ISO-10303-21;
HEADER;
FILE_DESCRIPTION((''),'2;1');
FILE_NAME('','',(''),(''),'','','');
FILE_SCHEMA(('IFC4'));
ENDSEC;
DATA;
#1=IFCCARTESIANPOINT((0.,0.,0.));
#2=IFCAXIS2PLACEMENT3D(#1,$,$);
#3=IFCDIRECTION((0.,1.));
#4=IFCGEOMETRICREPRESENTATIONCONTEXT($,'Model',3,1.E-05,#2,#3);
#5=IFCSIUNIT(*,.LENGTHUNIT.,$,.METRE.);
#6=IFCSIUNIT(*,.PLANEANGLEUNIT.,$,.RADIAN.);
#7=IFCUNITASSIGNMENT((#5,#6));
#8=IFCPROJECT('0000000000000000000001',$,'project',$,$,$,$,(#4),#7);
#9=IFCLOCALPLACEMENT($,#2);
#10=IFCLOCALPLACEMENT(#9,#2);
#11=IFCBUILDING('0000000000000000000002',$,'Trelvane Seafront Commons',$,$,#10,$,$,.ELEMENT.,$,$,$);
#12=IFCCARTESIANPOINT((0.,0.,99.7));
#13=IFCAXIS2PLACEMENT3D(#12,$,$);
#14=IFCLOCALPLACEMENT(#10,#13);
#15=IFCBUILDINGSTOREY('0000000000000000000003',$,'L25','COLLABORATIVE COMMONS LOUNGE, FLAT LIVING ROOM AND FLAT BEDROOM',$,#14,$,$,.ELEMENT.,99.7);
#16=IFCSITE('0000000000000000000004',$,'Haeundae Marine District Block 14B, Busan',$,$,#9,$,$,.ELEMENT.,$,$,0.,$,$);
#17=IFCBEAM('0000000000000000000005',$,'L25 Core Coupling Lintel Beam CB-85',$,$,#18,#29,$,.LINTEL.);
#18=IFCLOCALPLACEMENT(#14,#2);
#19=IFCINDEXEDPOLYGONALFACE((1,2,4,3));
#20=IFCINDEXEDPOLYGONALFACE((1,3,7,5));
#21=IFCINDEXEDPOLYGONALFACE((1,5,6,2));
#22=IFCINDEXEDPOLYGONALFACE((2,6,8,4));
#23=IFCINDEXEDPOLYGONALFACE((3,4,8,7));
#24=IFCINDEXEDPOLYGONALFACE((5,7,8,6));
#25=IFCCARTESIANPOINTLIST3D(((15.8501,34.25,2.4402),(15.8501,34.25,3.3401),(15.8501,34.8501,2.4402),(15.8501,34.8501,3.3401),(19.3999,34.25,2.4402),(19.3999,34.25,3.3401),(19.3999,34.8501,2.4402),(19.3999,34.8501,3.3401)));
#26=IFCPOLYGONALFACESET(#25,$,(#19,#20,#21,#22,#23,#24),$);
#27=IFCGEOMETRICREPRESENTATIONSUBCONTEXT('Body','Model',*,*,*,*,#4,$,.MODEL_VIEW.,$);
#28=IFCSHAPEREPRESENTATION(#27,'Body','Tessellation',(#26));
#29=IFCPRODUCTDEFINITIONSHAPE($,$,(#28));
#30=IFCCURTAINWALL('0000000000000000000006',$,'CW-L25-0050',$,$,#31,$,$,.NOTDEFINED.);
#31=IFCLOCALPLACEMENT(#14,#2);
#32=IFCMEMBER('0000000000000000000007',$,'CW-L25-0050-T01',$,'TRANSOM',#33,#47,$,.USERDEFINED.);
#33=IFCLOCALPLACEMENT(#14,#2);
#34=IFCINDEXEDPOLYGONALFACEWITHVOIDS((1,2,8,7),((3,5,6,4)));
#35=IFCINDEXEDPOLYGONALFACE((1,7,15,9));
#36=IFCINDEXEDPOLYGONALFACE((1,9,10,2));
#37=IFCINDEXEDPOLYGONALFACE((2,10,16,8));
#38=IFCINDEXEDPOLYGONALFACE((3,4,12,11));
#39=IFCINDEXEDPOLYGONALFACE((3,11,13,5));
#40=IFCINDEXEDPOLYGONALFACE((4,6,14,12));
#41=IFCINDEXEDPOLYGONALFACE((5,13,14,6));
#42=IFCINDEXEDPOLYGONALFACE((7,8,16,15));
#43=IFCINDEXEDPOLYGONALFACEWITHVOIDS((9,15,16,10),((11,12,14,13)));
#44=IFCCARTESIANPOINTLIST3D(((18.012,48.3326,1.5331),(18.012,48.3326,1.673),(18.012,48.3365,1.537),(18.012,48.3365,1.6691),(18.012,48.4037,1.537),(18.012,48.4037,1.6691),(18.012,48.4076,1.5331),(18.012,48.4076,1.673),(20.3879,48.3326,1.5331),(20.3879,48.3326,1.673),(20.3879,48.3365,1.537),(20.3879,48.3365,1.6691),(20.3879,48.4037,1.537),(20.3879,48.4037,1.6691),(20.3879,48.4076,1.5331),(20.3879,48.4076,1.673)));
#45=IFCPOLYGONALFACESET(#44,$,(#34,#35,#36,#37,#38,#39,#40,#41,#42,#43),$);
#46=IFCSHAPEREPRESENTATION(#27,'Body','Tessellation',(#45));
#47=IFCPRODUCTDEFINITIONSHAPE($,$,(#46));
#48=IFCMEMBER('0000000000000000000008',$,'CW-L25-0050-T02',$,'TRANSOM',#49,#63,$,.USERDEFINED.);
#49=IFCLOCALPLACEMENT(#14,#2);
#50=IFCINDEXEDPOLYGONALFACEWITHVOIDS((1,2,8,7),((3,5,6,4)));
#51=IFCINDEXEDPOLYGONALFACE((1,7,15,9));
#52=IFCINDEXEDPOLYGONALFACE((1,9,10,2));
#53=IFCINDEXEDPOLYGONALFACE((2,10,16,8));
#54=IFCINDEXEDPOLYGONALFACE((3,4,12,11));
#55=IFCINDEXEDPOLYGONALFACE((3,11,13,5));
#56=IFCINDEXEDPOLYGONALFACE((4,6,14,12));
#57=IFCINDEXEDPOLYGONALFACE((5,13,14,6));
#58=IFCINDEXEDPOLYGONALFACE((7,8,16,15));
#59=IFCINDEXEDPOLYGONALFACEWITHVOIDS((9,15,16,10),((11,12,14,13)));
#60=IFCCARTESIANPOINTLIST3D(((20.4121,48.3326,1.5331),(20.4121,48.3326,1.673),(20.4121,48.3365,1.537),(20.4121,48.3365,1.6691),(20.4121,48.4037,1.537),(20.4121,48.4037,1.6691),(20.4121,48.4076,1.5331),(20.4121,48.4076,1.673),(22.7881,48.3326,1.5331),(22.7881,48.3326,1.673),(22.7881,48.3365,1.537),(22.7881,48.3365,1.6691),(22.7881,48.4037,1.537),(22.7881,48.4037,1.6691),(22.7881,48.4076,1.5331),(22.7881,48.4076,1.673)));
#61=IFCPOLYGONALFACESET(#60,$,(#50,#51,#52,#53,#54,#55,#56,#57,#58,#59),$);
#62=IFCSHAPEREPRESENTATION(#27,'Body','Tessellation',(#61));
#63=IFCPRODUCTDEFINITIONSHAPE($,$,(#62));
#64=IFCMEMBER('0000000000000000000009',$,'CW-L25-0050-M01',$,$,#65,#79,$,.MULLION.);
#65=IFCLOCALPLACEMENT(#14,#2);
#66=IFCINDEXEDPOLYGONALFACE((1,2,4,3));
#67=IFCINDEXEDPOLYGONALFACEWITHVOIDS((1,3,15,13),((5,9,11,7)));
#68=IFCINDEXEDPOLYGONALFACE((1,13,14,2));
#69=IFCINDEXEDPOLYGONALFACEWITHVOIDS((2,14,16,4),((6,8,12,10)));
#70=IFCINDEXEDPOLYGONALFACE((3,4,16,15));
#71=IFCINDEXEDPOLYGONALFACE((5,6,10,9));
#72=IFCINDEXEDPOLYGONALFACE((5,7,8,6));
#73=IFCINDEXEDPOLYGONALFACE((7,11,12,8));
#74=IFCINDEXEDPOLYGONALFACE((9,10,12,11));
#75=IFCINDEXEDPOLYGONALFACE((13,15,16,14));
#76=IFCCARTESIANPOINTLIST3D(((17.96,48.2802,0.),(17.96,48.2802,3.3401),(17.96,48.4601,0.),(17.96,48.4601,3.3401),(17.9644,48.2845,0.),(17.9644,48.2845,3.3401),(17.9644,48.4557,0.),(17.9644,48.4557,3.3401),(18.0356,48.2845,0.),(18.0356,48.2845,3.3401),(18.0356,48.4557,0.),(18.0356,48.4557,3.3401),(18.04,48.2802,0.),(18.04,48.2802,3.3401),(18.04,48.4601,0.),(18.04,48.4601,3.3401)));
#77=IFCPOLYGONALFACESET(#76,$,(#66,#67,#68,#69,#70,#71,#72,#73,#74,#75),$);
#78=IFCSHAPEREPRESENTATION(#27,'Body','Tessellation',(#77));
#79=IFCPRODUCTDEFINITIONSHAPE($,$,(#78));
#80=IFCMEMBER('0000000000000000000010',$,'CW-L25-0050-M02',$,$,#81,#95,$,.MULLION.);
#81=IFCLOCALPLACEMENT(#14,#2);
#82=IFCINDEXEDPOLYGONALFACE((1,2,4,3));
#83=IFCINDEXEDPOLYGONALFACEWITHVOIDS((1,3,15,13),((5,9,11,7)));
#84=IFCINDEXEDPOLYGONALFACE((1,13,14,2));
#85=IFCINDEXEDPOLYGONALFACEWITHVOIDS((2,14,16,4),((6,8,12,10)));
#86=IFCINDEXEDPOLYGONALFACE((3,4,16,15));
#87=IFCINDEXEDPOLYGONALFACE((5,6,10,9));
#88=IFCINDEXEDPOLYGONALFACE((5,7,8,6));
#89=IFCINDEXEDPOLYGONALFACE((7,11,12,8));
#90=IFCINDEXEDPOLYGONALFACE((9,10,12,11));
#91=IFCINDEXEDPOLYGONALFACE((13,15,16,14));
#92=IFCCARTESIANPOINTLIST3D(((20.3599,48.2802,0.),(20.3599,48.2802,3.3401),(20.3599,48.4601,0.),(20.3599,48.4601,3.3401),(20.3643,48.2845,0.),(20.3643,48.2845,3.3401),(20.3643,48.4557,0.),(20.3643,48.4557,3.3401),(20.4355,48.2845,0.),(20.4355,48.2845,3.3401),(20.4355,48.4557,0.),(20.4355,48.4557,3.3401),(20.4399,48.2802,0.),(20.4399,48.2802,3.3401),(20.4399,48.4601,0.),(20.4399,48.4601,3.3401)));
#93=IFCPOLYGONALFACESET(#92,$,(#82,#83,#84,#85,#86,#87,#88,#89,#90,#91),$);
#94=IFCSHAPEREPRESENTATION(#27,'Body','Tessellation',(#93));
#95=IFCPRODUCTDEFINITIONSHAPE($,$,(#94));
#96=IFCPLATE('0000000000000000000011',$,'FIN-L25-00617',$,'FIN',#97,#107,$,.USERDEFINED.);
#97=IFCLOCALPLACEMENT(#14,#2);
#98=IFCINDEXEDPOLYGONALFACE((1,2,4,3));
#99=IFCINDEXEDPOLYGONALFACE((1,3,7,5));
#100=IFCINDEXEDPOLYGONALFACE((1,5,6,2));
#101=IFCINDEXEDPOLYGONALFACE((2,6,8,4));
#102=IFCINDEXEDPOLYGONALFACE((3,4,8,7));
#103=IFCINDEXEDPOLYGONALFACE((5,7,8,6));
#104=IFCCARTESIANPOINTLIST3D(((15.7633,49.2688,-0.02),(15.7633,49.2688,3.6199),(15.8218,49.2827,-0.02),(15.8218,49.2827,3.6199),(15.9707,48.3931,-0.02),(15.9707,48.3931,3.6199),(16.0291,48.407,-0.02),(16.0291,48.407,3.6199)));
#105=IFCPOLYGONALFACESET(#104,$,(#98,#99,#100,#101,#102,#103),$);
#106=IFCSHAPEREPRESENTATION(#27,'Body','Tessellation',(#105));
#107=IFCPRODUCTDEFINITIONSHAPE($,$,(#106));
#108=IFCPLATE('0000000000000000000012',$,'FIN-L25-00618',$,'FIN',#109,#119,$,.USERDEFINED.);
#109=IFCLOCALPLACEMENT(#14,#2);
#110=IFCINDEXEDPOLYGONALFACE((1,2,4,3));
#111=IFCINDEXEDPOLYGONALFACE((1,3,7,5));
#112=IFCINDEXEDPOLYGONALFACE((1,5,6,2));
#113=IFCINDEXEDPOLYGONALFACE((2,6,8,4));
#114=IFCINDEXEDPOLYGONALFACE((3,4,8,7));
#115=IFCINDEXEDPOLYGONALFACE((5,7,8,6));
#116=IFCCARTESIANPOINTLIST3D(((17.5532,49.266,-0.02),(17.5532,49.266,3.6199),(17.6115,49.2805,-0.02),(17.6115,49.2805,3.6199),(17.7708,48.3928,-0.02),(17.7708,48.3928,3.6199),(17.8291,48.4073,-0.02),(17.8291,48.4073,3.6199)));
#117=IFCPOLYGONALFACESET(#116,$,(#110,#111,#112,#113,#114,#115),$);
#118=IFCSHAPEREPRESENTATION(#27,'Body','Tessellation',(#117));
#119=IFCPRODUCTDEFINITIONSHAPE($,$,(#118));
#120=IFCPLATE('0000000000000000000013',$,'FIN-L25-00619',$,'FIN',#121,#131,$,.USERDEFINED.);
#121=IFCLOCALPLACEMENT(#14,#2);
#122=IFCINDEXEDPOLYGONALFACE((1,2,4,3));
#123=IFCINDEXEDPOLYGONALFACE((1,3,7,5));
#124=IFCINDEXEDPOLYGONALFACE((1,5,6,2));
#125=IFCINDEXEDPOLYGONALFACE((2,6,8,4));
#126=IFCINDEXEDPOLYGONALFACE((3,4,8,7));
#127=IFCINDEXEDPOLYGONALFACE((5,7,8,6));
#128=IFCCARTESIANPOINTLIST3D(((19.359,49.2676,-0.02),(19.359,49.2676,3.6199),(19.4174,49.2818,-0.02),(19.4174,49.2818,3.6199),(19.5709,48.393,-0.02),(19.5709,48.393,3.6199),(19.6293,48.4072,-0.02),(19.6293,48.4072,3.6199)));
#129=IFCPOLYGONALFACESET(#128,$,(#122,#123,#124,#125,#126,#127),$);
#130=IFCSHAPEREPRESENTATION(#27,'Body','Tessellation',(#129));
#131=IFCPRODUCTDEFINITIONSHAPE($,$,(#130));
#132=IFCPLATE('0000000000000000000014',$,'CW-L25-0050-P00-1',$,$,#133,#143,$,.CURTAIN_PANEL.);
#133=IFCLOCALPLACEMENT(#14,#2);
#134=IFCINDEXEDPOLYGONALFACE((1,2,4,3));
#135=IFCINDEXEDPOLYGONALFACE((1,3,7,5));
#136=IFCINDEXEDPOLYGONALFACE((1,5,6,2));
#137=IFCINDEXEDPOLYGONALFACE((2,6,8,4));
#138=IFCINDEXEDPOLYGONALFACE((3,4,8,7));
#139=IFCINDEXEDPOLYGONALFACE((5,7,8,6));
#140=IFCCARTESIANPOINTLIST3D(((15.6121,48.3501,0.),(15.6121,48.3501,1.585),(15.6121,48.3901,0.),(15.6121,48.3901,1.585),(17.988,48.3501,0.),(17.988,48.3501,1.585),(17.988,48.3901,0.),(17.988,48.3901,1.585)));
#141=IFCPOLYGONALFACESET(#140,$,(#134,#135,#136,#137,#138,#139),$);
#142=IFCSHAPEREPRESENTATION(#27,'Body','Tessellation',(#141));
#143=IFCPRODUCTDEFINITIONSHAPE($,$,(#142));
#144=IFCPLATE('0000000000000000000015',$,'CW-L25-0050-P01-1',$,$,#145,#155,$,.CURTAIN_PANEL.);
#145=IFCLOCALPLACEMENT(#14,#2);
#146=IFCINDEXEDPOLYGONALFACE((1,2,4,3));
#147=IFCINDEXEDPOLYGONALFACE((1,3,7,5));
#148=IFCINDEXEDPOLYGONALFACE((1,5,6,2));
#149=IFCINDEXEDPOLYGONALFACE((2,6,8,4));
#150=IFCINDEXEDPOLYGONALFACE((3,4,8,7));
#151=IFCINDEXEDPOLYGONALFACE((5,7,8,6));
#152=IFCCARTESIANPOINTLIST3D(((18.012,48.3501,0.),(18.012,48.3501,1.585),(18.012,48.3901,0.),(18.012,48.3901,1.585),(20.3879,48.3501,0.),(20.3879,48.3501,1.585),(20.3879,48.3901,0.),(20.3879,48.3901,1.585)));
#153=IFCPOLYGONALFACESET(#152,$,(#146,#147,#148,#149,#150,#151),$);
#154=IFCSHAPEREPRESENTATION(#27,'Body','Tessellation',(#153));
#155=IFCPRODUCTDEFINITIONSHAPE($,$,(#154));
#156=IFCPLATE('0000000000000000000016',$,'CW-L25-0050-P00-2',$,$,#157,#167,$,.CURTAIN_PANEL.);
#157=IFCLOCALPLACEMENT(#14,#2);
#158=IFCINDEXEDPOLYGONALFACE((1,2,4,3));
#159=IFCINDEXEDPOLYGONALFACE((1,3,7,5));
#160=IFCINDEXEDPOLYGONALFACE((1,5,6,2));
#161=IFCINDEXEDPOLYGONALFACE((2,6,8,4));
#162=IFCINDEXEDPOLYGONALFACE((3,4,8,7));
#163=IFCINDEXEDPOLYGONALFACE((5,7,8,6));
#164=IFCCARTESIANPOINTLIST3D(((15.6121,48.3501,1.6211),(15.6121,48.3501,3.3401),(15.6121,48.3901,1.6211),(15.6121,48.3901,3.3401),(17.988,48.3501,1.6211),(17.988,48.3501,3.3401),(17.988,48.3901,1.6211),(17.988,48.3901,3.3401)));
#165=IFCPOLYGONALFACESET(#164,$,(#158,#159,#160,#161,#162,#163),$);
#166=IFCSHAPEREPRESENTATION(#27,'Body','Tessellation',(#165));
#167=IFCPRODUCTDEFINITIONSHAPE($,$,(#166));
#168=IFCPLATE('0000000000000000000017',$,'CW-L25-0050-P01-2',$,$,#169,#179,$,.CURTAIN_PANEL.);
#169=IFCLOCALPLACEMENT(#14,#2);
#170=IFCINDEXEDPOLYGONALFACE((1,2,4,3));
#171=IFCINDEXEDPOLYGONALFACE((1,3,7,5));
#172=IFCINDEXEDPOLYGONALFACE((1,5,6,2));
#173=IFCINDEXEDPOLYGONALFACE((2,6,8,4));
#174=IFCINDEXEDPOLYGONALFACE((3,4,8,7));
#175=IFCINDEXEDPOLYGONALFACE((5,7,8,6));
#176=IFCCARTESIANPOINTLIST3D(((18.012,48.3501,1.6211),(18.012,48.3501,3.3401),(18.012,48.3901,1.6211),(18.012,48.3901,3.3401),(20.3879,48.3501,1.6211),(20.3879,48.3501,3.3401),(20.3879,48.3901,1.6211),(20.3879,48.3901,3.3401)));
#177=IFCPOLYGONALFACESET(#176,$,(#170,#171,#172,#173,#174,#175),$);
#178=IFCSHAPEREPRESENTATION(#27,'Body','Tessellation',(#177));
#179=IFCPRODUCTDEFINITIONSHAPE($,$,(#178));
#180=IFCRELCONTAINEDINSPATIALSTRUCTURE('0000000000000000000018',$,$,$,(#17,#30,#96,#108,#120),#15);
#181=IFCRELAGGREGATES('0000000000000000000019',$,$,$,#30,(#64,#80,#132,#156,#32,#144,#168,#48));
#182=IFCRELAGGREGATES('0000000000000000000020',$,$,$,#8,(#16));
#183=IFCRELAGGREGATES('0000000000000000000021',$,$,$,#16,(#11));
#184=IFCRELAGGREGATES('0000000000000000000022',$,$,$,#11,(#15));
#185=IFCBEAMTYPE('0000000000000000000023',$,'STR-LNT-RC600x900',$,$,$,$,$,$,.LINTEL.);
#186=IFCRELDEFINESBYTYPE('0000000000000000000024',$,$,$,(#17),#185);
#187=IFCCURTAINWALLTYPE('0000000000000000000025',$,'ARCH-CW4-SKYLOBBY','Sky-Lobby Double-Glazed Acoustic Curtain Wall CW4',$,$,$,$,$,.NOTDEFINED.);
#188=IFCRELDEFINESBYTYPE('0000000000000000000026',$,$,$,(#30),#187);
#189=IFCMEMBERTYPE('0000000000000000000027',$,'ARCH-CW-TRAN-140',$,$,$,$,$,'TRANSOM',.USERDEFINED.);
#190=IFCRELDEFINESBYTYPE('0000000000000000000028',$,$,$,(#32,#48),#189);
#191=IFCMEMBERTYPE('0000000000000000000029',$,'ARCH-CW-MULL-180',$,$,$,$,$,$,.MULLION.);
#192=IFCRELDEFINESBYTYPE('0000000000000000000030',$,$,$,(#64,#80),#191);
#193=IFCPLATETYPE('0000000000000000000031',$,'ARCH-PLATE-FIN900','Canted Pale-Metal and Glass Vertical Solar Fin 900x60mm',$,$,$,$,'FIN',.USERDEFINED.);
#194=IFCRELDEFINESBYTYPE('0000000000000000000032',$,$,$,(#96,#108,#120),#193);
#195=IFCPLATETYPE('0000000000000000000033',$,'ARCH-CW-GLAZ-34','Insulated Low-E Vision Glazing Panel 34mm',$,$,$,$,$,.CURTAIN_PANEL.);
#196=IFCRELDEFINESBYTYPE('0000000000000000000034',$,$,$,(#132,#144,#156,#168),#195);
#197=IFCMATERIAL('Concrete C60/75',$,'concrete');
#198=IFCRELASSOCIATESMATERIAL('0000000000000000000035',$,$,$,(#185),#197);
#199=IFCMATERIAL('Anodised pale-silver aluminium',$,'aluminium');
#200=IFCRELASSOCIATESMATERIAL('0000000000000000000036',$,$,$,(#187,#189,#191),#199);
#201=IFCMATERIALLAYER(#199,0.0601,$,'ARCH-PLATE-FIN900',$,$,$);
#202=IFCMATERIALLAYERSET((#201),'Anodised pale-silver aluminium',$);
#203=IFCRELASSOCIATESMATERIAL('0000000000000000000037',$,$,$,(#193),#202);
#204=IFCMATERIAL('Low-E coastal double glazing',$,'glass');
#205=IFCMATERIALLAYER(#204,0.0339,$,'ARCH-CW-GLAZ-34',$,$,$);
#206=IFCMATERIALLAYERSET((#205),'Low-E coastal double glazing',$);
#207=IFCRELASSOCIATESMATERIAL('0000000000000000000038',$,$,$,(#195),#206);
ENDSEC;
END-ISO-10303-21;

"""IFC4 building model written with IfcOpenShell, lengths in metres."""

from ifc_helpers import new_model, si_unit, direction, frame, origin, origin_2d, place, context, subcontext, project, spatial, rectangle, hollow_rectangle, extrude, source, transform, mapped, material, layer, layer_set, material_profile, profile_set, type_object, element, aggregate, save


model = new_model("IFC4")

# Units and contexts
model_context = context("Model", 3, precision=1e-05, world=origin(), true_north=direction((0.0, 1.0)))
body_context = subcontext(model_context, "Body", "Model", "MODEL_VIEW")
ifc_project = project(units=[si_unit("LENGTHUNIT", "METRE"), si_unit("PLANEANGLEUNIT", "RADIAN")], contexts=[model_context])

# Site, building, storey
site_placement = place(None, origin())
site = spatial("IfcSite", under=ifc_project, at=site_placement, Name="Haeundae Marine District Block 14B, Busan", CompositionType="ELEMENT", RefElevation=0.0)
building_placement = place(site_placement, origin())
building = spatial("IfcBuilding", under=site, at=building_placement, Name="Trelvane Seafront Commons", CompositionType="ELEMENT")
storey_placement = place(building_placement, frame((0.0, 0.0, 99.7)))
storey = spatial("IfcBuildingStorey", under=building, at=storey_placement, Name="L25", Description="COLLABORATIVE COMMONS LOUNGE, FLAT LIVING ROOM AND FLAT BEDROOM", CompositionType="ELEMENT", Elevation=99.7)

# Beam
ifc_material_1 = material(Name="Concrete C60/75", Category="concrete")
ifc_material_profile_1 = material_profile(ifc_material_1, rectangle(XDim=0.6001, YDim=0.8999, at=origin_2d()), Name="RC-600x900")
ifc_profile_set_1 = profile_set([ifc_material_profile_1], Name="Concrete C60/75")
beam_type = type_object("IfcBeamType", Name="STR-LNT-RC600x900", PredefinedType="LINTEL", material=ifc_profile_set_1)
shared_shape_1 = source(origin(), body_context, "Body", "SweptSolid", [
    extrude(rectangle(XDim=0.6001, YDim=0.8999, at=origin_2d()), origin(), (0.0, 0.0, 1.0), 3.5498),
])
beam_placement = place(storey_placement, frame((15.8501, 34.55, 2.8901), z_axis=(1.0, 0.0, 0.0), x_axis=(0.0, 1.0, 0.0)))
element("IfcBeam", 1, at=beam_placement, inside=storey, type_object=beam_type, Name="L25 Core Coupling Lintel Beam CB-85", PredefinedType="LINTEL", context=body_context, shape_type="MappedRepresentation", body=[
    mapped(shared_shape_1, transform((0.0, 0.0, 0.0), x_axis=(1.0, 0.0, 0.0), y_axis=(0.0, 1.0, 0.0), z_axis=(0.0, 0.0, 1.0), scale=1.0)),
])

# Curtain wall, members
ifc_material_2 = material(Name="Anodised pale-silver aluminium", Category="aluminium")
curtain_wall_type = type_object("IfcCurtainWallType", Name="ARCH-CW4-SKYLOBBY", Description="Sky-Lobby Double-Glazed Acoustic Curtain Wall CW4", PredefinedType="NOTDEFINED", material=ifc_material_2)
curtain_wall_placement = place(storey_placement, origin())
curtain_wall = element("IfcCurtainWall", 2, at=curtain_wall_placement, inside=storey, type_object=curtain_wall_type, Name="CW-L25-0050", PredefinedType="NOTDEFINED")
ifc_material_profile_2 = material_profile(ifc_material_2, hollow_rectangle(XDim=0.075, YDim=0.1399, WallThickness=0.0039, at=origin_2d()), Name="TRAN-75x140x4")
ifc_profile_set_2 = profile_set([ifc_material_profile_2], Name="Anodised pale-silver aluminium")
member_type_1 = type_object("IfcMemberType", Name="ARCH-CW-TRAN-140", ElementType="TRANSOM", PredefinedType="USERDEFINED", material=ifc_profile_set_2)
shared_shape_2 = source(origin(), body_context, "Body", "SweptSolid", [
    extrude(hollow_rectangle(XDim=0.075, YDim=0.1399, WallThickness=0.0039, at=origin_2d()), origin(), (0.0, 0.0, 1.0), 2.376),
])
member_1_placement = place(storey_placement, frame((18.012, 48.3701, 1.603), z_axis=(1.0, 0.0, 0.0), x_axis=(0.0, 1.0, 0.0)))
member_1 = element("IfcMember", 3, at=member_1_placement, type_object=member_type_1, Name="CW-L25-0050-T01", ObjectType="TRANSOM", PredefinedType="USERDEFINED", context=body_context, shape_type="MappedRepresentation", body=[
    mapped(shared_shape_2, transform((0.0, 0.0, 0.0), x_axis=(1.0, 0.0, 0.0), y_axis=(0.0, 1.0, 0.0), z_axis=(0.0, 0.0, 1.0), scale=1.0)),
])
member_2_placement = place(storey_placement, frame((20.4121, 48.3701, 1.603), z_axis=(1.0, 0.0, 0.0), x_axis=(0.0, 1.0, 0.0)))
member_2 = element("IfcMember", 4, at=member_2_placement, type_object=member_type_1, Name="CW-L25-0050-T02", ObjectType="TRANSOM", PredefinedType="USERDEFINED", context=body_context, shape_type="MappedRepresentation", body=[
    mapped(shared_shape_2, transform((0.0, 0.0, 0.0), x_axis=(1.0, 0.0, 0.0), y_axis=(0.0, 1.0, 0.0), z_axis=(0.0, 0.0, 1.0), scale=1.0)),
])
ifc_material_profile_3 = material_profile(ifc_material_2, hollow_rectangle(XDim=0.0801, YDim=0.1799, WallThickness=0.0044, at=origin_2d()), Name="MULL-80x180x4.5")
ifc_profile_set_3 = profile_set([ifc_material_profile_3], Name="Anodised pale-silver aluminium")
member_type_2 = type_object("IfcMemberType", Name="ARCH-CW-MULL-180", PredefinedType="MULLION", material=ifc_profile_set_3)
shared_shape_3 = source(origin(), body_context, "Body", "SweptSolid", [
    extrude(hollow_rectangle(XDim=0.0801, YDim=0.1799, WallThickness=0.0044, at=origin_2d()), origin(), (0.0, 0.0, 1.0), 3.3401),
])
member_3_placement = place(storey_placement, frame((18.0, 48.3701, 0.0), z_axis=(0.0, 0.0, 1.0), x_axis=(1.0, 0.0, 0.0)))
member_3 = element("IfcMember", 5, at=member_3_placement, type_object=member_type_2, Name="CW-L25-0050-M01", PredefinedType="MULLION", context=body_context, shape_type="MappedRepresentation", body=[
    mapped(shared_shape_3, transform((0.0, 0.0, 0.0), x_axis=(1.0, 0.0, 0.0), y_axis=(0.0, 1.0, 0.0), z_axis=(0.0, 0.0, 1.0), scale=1.0)),
])
member_4_placement = place(storey_placement, frame((20.3999, 48.3701, 0.0), z_axis=(0.0, 0.0, 1.0), x_axis=(1.0, 0.0, 0.0)))
member_4 = element("IfcMember", 6, at=member_4_placement, type_object=member_type_2, Name="CW-L25-0050-M02", PredefinedType="MULLION", context=body_context, shape_type="MappedRepresentation", body=[
    mapped(shared_shape_3, transform((0.0, 0.0, 0.0), x_axis=(1.0, 0.0, 0.0), y_axis=(0.0, 1.0, 0.0), z_axis=(0.0, 0.0, 1.0), scale=1.0)),
])

# Plates
ifc_layer_1 = layer(ifc_material_2, 0.0601, Name="ARCH-PLATE-FIN900")
ifc_layer_set_1 = layer_set([ifc_layer_1], Name="Anodised pale-silver aluminium")
plate_type_1 = type_object("IfcPlateType", Name="ARCH-PLATE-FIN900", Description="Canted Pale-Metal and Glass Vertical Solar Fin 900x60mm", ElementType="FIN", PredefinedType="USERDEFINED", material=ifc_layer_set_1)
shared_shape_4 = source(origin(), body_context, "Body", "SweptSolid", [
    extrude(rectangle(XDim=0.8999, YDim=0.0601, at=origin_2d()), origin(), (0.0, 0.0, 1.0), 3.6399),
])
for number, where, z_axis, x_axis, name in (
    (7, (15.8962, 48.8379, -0.02), (0.0, 0.0, 1.0), (-0.230439, 0.973087, 0.0), "FIN-L25-00617"),
    (8, (17.6912, 48.8367, -0.02), (0.0, 0.0, 1.0), (-0.241778, 0.970332, 0.0), "FIN-L25-00618"),
    (9, (19.4941, 48.8374, -0.02), (0.0, 0.0, 1.0), (-0.235444, 0.971888, 0.0), "FIN-L25-00619"),
):
    element("IfcPlate", number, at=place(storey_placement, frame(where, z_axis=z_axis, x_axis=x_axis)), inside=storey, type_object=plate_type_1, Name=name, ObjectType="FIN", PredefinedType="USERDEFINED", context=body_context, shape_type="MappedRepresentation", body=[
        mapped(shared_shape_4, transform((0.0, 0.0, 0.0), x_axis=(1.0, 0.0, 0.0), y_axis=(0.0, 1.0, 0.0), z_axis=(0.0, 0.0, 1.0), scale=1.0)),
    ])

# Plates
ifc_material_3 = material(Name="Low-E coastal double glazing", Category="glass")
ifc_layer_2 = layer(ifc_material_3, 0.0339, Name="ARCH-CW-GLAZ-34")
ifc_layer_set_2 = layer_set([ifc_layer_2], Name="Low-E coastal double glazing")
plate_type_2 = type_object("IfcPlateType", Name="ARCH-CW-GLAZ-34", Description="Insulated Low-E Vision Glazing Panel 34mm", PredefinedType="CURTAIN_PANEL", material=ifc_layer_set_2)
shared_shape_5 = source(origin(), body_context, "Body", "SweptSolid", [
    extrude(rectangle(XDim=2.376, YDim=0.04, at=origin_2d()), origin(), (0.0, 0.0, 1.0), 1.585),
])
plate_1_placement = place(storey_placement, frame((16.8, 48.3701, 0.0), z_axis=(0.0, 0.0, 1.0), x_axis=(1.0, 0.0, 0.0)))
plate_1 = element("IfcPlate", 10, at=plate_1_placement, type_object=plate_type_2, Name="CW-L25-0050-P00-1", PredefinedType="CURTAIN_PANEL", context=body_context, shape_type="MappedRepresentation", body=[
    mapped(shared_shape_5, transform((0.0, 0.0, 0.0), x_axis=(1.0, 0.0, 0.0), y_axis=(0.0, 1.0, 0.0), z_axis=(0.0, 0.0, 1.0), scale=1.0)),
])
plate_2_placement = place(storey_placement, frame((19.2, 48.3701, 0.0), z_axis=(0.0, 0.0, 1.0), x_axis=(1.0, 0.0, 0.0)))
plate_2 = element("IfcPlate", 11, at=plate_2_placement, type_object=plate_type_2, Name="CW-L25-0050-P01-1", PredefinedType="CURTAIN_PANEL", context=body_context, shape_type="MappedRepresentation", body=[
    mapped(shared_shape_5, transform((0.0, 0.0, 0.0), x_axis=(1.0, 0.0, 0.0), y_axis=(0.0, 1.0, 0.0), z_axis=(0.0, 0.0, 1.0), scale=1.0)),
])
shared_shape_6 = source(origin(), body_context, "Body", "SweptSolid", [
    extrude(rectangle(XDim=2.376, YDim=0.04, at=origin_2d()), origin(), (0.0, 0.0, 1.0), 1.719),
])
plate_3_placement = place(storey_placement, frame((16.8, 48.3701, 1.6211), z_axis=(0.0, 0.0, 1.0), x_axis=(1.0, 0.0, 0.0)))
plate_3 = element("IfcPlate", 12, at=plate_3_placement, type_object=plate_type_2, Name="CW-L25-0050-P00-2", PredefinedType="CURTAIN_PANEL", context=body_context, shape_type="MappedRepresentation", body=[
    mapped(shared_shape_6, transform((0.0, 0.0, 0.0), x_axis=(1.0, 0.0, 0.0), y_axis=(0.0, 1.0, 0.0), z_axis=(0.0, 0.0, 1.0), scale=1.0)),
])
plate_4_placement = place(storey_placement, frame((19.2, 48.3701, 1.6211), z_axis=(0.0, 0.0, 1.0), x_axis=(1.0, 0.0, 0.0)))
plate_4 = element("IfcPlate", 13, at=plate_4_placement, type_object=plate_type_2, Name="CW-L25-0050-P01-2", PredefinedType="CURTAIN_PANEL", context=body_context, shape_type="MappedRepresentation", body=[
    mapped(shared_shape_6, transform((0.0, 0.0, 0.0), x_axis=(1.0, 0.0, 0.0), y_axis=(0.0, 1.0, 0.0), z_axis=(0.0, 0.0, 1.0), scale=1.0)),
])
aggregate(curtain_wall, [member_3, member_4, plate_1, plate_3, member_1, plate_2, plate_4, member_2])

save(model, "model.ifc")
